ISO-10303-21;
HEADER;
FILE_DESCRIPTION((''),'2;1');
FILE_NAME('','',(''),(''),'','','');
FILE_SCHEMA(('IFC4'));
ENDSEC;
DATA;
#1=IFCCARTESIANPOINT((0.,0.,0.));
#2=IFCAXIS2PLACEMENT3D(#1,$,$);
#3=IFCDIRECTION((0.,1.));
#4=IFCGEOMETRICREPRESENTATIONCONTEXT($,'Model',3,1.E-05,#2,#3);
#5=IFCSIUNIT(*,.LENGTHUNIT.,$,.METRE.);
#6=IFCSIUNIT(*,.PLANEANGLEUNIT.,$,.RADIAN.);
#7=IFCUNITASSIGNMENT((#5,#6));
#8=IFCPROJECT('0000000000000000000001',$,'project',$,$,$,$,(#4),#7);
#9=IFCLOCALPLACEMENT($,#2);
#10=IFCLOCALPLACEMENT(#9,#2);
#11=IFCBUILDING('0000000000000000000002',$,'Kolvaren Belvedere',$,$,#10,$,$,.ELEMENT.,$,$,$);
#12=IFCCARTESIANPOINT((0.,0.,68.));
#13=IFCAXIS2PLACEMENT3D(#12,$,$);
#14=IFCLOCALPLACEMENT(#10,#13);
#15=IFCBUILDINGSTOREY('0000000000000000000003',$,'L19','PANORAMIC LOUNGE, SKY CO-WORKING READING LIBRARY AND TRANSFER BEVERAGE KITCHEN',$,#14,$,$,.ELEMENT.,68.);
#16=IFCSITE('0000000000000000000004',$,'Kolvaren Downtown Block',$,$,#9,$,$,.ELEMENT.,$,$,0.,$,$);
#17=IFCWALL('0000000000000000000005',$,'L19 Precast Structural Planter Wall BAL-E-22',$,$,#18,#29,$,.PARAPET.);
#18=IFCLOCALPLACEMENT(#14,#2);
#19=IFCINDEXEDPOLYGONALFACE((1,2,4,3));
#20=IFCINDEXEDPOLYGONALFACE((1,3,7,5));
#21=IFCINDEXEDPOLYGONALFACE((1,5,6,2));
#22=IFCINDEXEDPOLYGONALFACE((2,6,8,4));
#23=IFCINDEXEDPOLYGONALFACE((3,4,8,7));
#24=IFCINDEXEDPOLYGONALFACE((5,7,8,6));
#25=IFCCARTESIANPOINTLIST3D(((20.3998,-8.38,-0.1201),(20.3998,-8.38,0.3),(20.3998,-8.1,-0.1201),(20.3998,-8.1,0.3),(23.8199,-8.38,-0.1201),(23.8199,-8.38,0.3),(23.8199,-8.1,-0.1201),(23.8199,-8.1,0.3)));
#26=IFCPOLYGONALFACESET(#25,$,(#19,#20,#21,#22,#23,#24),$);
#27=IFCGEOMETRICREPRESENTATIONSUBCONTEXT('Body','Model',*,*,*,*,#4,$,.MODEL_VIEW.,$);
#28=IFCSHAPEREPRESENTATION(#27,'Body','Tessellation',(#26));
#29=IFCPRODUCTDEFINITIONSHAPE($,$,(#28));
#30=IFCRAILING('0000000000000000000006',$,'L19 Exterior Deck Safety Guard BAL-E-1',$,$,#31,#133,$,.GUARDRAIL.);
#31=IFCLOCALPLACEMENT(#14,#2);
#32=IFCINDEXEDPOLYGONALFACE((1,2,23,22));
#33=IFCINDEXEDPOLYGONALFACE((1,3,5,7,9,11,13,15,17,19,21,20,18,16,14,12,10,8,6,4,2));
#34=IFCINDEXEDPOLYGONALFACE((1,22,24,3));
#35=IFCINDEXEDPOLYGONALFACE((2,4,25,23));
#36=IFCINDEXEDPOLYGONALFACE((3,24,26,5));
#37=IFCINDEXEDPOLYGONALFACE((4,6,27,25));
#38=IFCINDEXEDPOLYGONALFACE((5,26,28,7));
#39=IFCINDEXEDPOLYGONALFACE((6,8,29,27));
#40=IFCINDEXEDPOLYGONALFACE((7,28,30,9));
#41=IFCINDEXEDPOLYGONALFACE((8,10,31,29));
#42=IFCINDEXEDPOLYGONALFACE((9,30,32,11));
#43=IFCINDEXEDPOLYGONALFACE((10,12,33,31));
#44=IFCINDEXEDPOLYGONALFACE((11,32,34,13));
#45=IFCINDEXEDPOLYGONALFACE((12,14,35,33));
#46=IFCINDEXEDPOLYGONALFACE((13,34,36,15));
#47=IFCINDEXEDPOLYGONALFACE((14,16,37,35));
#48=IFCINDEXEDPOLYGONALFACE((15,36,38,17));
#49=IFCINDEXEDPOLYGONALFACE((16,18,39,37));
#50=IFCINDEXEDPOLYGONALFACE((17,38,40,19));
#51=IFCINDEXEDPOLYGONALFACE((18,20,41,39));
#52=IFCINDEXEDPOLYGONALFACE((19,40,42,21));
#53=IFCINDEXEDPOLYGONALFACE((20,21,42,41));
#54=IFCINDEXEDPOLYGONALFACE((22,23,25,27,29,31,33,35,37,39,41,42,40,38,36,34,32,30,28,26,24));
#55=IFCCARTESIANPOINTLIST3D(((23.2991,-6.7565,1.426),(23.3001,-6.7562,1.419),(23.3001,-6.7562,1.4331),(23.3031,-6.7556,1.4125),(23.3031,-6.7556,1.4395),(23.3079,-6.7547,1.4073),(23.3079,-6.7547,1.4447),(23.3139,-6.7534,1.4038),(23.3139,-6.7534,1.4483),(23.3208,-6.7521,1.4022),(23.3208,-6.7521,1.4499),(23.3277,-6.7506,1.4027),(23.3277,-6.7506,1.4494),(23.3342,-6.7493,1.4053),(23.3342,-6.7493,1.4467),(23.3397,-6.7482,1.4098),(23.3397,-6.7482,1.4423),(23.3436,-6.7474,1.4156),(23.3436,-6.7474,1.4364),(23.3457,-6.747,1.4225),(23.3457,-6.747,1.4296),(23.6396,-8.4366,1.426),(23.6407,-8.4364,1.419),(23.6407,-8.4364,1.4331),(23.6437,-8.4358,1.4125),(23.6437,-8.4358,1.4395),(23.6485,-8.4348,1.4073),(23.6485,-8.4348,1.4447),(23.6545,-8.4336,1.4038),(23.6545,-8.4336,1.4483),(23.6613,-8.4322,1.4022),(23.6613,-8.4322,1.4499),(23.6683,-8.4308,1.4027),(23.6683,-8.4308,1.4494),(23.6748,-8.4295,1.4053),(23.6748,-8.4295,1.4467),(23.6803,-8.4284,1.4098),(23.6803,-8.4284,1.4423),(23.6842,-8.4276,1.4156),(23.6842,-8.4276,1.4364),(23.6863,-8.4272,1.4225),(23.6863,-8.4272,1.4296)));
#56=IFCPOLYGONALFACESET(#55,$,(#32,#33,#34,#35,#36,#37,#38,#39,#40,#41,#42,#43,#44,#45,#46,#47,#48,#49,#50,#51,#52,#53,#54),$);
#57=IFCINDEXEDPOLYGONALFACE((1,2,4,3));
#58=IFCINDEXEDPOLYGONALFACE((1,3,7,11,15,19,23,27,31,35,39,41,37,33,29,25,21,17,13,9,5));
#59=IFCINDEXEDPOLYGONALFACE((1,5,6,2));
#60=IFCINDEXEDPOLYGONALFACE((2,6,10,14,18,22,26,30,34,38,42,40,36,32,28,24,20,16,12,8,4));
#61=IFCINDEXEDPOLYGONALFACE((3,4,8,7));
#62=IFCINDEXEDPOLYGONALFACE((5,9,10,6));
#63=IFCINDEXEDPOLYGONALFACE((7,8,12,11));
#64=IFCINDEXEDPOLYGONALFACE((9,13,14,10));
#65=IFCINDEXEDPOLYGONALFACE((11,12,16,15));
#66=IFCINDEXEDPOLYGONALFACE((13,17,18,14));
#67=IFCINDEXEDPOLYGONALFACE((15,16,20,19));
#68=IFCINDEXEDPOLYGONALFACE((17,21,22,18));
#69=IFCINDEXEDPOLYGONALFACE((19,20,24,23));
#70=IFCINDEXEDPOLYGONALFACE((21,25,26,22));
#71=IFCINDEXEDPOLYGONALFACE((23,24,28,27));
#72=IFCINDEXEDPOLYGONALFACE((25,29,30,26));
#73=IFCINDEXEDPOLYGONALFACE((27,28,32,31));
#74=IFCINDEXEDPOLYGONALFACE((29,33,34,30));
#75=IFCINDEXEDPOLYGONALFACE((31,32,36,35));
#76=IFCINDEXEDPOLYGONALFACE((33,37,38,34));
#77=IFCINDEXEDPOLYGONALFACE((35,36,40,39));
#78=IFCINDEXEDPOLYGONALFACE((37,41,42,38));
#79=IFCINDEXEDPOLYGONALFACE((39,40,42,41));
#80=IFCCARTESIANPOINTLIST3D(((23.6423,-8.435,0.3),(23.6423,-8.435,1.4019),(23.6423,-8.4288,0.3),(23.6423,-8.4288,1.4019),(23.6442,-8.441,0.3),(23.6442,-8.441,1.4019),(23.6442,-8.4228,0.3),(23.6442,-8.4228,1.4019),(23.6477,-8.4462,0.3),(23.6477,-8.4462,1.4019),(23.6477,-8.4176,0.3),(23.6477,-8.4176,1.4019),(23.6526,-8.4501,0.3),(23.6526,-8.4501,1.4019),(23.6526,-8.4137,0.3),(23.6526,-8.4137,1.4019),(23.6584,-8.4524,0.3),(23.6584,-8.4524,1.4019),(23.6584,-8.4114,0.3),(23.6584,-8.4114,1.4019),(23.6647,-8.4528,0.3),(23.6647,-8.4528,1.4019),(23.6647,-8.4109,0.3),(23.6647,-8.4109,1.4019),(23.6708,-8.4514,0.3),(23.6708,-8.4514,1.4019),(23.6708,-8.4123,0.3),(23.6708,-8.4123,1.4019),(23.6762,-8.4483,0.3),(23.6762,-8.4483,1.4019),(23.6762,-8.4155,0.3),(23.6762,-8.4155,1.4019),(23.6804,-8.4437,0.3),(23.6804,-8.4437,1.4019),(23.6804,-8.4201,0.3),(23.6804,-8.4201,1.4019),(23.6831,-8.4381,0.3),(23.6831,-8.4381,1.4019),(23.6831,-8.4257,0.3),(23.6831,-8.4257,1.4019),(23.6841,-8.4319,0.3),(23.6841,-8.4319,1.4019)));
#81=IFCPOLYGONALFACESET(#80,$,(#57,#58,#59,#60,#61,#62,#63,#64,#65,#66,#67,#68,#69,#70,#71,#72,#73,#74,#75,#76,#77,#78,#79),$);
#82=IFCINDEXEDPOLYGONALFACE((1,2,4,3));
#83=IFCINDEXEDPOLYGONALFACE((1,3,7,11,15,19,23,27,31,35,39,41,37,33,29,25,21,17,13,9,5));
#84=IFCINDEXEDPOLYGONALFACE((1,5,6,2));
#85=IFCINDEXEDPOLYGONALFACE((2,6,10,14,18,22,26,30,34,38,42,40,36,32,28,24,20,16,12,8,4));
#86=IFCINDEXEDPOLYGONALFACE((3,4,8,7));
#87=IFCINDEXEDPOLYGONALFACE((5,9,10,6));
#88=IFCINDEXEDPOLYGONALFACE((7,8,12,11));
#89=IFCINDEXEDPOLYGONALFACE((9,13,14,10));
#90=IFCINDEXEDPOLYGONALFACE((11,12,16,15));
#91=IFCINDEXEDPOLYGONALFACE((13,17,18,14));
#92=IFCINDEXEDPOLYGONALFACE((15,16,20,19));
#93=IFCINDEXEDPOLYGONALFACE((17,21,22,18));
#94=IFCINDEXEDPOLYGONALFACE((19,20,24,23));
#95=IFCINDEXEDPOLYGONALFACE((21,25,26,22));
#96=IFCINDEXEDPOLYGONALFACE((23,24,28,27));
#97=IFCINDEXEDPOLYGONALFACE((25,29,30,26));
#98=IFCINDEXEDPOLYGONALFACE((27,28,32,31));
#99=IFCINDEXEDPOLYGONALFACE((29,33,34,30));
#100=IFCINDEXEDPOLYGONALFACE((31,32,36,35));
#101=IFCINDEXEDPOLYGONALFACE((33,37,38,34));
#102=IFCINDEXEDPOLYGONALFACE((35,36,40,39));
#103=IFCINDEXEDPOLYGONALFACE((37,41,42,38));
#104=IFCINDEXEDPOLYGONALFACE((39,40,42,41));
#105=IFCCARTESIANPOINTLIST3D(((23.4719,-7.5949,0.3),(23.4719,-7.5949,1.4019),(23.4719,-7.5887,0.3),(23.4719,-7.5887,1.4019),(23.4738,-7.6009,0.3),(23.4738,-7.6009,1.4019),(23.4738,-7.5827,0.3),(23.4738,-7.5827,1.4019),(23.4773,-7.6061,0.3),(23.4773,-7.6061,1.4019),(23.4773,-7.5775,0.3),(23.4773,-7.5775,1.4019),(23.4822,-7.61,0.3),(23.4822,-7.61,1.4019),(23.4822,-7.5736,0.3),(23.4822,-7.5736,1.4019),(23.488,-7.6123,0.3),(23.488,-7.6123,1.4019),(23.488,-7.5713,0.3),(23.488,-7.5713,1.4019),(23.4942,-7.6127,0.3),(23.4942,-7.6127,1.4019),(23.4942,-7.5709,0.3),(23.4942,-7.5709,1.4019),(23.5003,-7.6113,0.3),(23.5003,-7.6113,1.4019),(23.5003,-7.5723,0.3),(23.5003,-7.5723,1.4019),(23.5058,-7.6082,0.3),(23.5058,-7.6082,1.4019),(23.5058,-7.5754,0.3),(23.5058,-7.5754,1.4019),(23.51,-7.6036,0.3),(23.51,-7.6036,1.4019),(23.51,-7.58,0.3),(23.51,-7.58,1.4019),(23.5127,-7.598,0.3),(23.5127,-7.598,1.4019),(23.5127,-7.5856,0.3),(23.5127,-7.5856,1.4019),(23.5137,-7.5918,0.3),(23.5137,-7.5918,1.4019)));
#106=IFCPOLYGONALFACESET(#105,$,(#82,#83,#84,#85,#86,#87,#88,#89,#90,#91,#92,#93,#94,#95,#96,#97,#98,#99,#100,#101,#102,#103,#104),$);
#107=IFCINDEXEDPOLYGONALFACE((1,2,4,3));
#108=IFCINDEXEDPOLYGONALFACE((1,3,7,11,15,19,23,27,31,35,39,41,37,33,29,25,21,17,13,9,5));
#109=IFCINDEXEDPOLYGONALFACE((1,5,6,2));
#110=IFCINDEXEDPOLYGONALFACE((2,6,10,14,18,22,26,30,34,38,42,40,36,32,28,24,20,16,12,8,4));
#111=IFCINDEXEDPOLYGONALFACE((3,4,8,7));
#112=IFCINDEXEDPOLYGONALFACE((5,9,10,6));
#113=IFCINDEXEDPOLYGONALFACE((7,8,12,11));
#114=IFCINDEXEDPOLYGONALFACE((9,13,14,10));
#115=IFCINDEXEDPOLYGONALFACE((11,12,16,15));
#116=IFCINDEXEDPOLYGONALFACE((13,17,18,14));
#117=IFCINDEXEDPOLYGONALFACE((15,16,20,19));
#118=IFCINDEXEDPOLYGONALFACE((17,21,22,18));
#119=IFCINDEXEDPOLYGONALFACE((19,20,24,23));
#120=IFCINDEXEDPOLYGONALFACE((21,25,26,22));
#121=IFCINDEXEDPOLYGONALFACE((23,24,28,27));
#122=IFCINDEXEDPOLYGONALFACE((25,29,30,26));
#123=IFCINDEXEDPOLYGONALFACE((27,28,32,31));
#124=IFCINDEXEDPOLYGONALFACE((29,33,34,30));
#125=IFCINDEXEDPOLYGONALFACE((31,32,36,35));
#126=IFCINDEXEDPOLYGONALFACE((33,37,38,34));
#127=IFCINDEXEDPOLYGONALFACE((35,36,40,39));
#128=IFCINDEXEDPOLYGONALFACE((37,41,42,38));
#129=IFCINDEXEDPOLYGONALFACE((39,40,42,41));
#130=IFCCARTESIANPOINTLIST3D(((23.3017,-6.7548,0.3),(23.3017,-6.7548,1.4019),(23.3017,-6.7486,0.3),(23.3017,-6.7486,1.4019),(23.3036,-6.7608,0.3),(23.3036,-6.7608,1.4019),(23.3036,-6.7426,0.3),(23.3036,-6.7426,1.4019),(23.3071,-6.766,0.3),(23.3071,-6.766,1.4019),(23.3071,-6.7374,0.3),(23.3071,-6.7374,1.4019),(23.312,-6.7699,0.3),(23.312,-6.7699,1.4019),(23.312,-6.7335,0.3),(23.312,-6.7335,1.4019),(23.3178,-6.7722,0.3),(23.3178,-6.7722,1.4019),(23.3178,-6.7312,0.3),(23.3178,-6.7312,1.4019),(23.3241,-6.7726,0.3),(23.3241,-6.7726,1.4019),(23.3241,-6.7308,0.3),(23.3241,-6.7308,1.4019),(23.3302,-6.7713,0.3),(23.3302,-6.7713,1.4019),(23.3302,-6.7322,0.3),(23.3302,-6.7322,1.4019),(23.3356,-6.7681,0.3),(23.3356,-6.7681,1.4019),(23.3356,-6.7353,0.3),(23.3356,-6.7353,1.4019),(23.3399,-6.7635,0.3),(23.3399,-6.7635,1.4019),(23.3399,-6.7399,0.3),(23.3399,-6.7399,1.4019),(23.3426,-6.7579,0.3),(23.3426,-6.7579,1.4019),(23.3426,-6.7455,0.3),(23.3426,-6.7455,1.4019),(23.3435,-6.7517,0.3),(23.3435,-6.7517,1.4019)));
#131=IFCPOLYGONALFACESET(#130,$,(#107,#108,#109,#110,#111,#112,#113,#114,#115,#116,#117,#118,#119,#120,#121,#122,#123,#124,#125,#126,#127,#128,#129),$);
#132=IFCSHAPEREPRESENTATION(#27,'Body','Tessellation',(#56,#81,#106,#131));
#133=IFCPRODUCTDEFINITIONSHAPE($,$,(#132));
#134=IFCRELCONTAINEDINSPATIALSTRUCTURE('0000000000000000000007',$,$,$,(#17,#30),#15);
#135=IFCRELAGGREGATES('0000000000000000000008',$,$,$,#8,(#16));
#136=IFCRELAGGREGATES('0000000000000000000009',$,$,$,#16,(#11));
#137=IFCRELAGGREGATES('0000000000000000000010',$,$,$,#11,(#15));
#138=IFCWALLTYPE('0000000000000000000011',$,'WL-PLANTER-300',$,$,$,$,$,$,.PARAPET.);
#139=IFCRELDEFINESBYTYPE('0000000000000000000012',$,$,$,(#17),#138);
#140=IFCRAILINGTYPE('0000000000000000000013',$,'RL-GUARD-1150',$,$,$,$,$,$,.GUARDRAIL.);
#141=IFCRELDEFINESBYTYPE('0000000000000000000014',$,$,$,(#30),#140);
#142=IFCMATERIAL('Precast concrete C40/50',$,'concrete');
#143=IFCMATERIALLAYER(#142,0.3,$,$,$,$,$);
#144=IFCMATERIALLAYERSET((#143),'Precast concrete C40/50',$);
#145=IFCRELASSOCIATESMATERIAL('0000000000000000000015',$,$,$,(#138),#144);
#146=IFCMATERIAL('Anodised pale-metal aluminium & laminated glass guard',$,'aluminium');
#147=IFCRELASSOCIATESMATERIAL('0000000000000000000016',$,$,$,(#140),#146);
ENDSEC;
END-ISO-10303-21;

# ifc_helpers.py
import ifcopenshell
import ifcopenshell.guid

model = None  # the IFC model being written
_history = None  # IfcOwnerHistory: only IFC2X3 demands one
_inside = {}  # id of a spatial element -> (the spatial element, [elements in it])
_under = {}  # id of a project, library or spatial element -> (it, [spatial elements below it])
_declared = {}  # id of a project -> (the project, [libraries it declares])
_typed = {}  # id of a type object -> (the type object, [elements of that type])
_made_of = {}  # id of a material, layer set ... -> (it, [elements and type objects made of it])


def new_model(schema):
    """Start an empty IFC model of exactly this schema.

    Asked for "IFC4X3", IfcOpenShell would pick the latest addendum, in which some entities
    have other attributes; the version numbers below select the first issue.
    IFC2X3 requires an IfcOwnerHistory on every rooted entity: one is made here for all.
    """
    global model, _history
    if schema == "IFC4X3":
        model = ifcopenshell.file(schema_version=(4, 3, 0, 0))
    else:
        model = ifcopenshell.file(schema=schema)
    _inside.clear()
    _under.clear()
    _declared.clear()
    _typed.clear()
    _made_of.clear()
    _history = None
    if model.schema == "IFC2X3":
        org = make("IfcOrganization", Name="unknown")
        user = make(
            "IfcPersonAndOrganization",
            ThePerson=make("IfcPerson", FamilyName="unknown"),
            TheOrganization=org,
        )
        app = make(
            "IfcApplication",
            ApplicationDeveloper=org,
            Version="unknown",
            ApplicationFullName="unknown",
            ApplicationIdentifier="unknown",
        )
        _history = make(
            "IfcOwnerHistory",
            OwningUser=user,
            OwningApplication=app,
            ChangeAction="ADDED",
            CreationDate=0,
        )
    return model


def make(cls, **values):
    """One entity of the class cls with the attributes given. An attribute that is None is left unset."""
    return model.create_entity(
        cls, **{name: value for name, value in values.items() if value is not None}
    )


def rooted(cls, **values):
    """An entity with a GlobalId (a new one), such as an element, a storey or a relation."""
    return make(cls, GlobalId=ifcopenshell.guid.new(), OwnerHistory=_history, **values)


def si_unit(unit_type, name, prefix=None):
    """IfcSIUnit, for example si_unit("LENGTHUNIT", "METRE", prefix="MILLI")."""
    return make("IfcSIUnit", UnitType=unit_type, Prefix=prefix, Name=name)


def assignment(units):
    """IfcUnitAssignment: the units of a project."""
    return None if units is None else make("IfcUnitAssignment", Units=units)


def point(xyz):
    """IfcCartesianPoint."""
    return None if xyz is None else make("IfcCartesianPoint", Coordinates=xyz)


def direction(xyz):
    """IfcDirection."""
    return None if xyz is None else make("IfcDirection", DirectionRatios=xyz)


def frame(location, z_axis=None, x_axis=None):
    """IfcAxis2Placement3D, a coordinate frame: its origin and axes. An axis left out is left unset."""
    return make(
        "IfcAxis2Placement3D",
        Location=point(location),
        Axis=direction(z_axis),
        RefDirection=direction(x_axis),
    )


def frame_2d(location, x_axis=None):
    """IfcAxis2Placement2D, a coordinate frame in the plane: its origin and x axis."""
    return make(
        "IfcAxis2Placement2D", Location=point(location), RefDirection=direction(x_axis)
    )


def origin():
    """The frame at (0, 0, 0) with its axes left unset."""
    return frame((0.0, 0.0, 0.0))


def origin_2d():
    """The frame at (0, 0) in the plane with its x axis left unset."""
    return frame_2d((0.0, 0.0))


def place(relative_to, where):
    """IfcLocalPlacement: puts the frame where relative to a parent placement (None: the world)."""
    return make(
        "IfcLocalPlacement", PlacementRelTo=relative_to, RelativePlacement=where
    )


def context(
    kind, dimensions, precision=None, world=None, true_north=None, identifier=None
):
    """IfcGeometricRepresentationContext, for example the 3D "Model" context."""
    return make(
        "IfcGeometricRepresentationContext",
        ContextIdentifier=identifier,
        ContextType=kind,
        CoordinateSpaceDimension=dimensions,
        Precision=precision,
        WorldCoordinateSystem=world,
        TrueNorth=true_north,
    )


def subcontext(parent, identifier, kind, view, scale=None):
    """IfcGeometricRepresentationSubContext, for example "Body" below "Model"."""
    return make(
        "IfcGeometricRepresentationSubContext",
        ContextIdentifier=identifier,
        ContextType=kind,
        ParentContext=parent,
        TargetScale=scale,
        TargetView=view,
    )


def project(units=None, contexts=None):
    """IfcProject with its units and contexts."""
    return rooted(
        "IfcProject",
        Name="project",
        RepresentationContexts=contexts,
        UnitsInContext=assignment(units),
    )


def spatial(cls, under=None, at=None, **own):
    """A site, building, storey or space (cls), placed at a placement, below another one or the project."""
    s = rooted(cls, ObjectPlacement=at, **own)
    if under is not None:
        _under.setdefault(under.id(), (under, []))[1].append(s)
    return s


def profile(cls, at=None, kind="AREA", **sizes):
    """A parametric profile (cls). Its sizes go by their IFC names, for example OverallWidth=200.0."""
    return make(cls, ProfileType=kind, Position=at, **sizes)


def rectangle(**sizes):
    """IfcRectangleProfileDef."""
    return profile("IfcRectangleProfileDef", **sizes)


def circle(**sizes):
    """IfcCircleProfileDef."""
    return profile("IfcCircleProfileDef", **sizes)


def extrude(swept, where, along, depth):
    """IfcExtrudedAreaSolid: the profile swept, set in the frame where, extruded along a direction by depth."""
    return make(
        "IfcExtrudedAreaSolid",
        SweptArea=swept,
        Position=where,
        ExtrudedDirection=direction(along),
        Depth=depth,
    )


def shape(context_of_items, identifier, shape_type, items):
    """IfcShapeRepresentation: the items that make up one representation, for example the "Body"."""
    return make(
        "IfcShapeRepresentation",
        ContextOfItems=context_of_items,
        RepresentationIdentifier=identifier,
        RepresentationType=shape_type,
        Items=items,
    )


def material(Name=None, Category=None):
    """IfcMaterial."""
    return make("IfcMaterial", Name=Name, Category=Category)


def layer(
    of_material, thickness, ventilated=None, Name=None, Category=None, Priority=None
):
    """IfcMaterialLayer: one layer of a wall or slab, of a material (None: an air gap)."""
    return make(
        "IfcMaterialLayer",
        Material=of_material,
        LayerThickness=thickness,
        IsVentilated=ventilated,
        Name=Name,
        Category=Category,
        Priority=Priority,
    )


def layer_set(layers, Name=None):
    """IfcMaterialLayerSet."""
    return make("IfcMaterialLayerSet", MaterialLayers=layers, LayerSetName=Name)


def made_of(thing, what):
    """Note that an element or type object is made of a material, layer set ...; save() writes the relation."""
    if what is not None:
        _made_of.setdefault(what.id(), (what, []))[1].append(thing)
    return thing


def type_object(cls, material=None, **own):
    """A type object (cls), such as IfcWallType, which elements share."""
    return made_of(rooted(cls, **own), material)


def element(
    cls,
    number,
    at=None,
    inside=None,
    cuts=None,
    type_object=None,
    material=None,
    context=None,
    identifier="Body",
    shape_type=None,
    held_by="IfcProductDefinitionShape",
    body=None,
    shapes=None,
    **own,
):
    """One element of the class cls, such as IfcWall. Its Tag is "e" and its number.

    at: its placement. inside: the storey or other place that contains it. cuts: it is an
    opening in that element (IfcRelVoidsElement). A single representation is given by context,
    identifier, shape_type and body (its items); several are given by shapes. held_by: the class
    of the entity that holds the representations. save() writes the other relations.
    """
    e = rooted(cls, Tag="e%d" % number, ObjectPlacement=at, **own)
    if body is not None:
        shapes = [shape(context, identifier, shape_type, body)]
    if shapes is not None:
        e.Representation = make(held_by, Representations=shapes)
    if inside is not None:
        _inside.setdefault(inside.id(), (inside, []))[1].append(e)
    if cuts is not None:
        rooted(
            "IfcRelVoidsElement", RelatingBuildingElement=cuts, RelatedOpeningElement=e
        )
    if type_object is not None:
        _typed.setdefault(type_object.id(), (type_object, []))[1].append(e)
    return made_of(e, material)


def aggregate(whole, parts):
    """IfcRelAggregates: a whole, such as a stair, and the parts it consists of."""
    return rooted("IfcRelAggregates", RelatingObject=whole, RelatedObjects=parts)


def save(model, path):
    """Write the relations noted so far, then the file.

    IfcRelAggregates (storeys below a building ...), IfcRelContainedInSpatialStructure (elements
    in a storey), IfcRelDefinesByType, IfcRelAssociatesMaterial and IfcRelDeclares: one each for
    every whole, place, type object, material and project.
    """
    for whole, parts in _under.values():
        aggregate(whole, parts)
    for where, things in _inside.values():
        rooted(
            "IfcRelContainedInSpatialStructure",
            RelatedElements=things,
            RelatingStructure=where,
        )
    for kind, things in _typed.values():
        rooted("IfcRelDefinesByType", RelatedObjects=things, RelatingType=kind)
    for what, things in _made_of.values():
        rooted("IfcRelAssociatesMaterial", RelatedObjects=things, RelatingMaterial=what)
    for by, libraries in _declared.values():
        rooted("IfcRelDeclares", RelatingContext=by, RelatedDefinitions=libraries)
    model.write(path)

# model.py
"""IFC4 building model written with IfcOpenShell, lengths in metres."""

from ifc_helpers import new_model, si_unit, direction, frame, frame_2d, origin, origin_2d, place, context, subcontext, project, spatial, rectangle, circle, extrude, material, layer, layer_set, type_object, element, save


model = new_model("IFC4")

# Units and contexts
model_context = context("Model", 3, precision=1e-05, world=origin(), true_north=direction((0.0, 1.0)))
body_context = subcontext(model_context, "Body", "Model", "MODEL_VIEW")
ifc_project = project(units=[si_unit("LENGTHUNIT", "METRE"), si_unit("PLANEANGLEUNIT", "RADIAN")], contexts=[model_context])

# Site, building, storey
site_placement = place(None, origin())
site = spatial("IfcSite", under=ifc_project, at=site_placement, Name="Kolvaren Downtown Block", CompositionType="ELEMENT", RefElevation=0.0)
building_placement = place(site_placement, origin())
building = spatial("IfcBuilding", under=site, at=building_placement, Name="Kolvaren Belvedere", CompositionType="ELEMENT")
storey_placement = place(building_placement, frame((0.0, 0.0, 68.0)))
storey = spatial("IfcBuildingStorey", under=building, at=storey_placement, Name="L19", Description="PANORAMIC LOUNGE, SKY CO-WORKING READING LIBRARY AND TRANSFER BEVERAGE KITCHEN", CompositionType="ELEMENT", Elevation=68.0)

# Wall
ifc_material_1 = material(Name="Precast concrete C40/50", Category="concrete")
ifc_layer_1 = layer(ifc_material_1, 0.3)
ifc_layer_set_1 = layer_set([ifc_layer_1], Name="Precast concrete C40/50")
wall_type_1 = type_object("IfcWallType", Name="WL-PLANTER-300", PredefinedType="PARAPET", material=ifc_layer_set_1)
wall_1_placement = place(storey_placement, frame((20.3999, -8.24, -0.1201), z_axis=(0.0, 0.0, 1.0), x_axis=(1.0, 0.0, 0.0)))
element("IfcWall", 1, at=wall_1_placement, inside=storey, type_object=wall_type_1, Name="L19 Precast Structural Planter Wall BAL-E-22", PredefinedType="PARAPET", context=body_context, shape_type="SweptSolid", body=[
    extrude(rectangle(XDim=3.4202, YDim=0.28, at=frame_2d((1.71, 0.0))), origin(), (0.0, 0.0, 1.0), 0.4202),
])

# Railing
ifc_material_2 = material(Name="Anodised pale-metal aluminium & laminated glass guard", Category="aluminium")
railing_type = type_object("IfcRailingType", Name="RL-GUARD-1150", PredefinedType="GUARDRAIL", material=ifc_material_2)
railing_1_placement = place(storey_placement, frame((23.6631, -8.4319, 0.3)))
element("IfcRailing", 2, at=railing_1_placement, inside=storey, type_object=railing_type, Name="L19 Exterior Deck Safety Guard BAL-E-1", PredefinedType="GUARDRAIL", context=body_context, shape_type="SweptSolid", body=[
    extrude(circle(Radius=0.0239, at=origin_2d()), frame((0.0, 0.0, 1.126), z_axis=(-0.198662, 0.980068, 0.0), x_axis=(-0.980068, -0.198662, 0.0)), (0.0, 0.0, 1.0), 1.7144),
    extrude(circle(Radius=0.021, at=origin_2d()), origin(), (0.0, 0.0, 1.0), 1.1018),
    extrude(circle(Radius=0.021, at=origin_2d()), frame((-0.1704, 0.8401, 0.0)), (0.0, 0.0, 1.0), 1.1018),
    extrude(circle(Radius=0.021, at=origin_2d()), frame((-0.3406, 1.6802, 0.0)), (0.0, 0.0, 1.0), 1.1018),
])

save(model, "model.ifc")
